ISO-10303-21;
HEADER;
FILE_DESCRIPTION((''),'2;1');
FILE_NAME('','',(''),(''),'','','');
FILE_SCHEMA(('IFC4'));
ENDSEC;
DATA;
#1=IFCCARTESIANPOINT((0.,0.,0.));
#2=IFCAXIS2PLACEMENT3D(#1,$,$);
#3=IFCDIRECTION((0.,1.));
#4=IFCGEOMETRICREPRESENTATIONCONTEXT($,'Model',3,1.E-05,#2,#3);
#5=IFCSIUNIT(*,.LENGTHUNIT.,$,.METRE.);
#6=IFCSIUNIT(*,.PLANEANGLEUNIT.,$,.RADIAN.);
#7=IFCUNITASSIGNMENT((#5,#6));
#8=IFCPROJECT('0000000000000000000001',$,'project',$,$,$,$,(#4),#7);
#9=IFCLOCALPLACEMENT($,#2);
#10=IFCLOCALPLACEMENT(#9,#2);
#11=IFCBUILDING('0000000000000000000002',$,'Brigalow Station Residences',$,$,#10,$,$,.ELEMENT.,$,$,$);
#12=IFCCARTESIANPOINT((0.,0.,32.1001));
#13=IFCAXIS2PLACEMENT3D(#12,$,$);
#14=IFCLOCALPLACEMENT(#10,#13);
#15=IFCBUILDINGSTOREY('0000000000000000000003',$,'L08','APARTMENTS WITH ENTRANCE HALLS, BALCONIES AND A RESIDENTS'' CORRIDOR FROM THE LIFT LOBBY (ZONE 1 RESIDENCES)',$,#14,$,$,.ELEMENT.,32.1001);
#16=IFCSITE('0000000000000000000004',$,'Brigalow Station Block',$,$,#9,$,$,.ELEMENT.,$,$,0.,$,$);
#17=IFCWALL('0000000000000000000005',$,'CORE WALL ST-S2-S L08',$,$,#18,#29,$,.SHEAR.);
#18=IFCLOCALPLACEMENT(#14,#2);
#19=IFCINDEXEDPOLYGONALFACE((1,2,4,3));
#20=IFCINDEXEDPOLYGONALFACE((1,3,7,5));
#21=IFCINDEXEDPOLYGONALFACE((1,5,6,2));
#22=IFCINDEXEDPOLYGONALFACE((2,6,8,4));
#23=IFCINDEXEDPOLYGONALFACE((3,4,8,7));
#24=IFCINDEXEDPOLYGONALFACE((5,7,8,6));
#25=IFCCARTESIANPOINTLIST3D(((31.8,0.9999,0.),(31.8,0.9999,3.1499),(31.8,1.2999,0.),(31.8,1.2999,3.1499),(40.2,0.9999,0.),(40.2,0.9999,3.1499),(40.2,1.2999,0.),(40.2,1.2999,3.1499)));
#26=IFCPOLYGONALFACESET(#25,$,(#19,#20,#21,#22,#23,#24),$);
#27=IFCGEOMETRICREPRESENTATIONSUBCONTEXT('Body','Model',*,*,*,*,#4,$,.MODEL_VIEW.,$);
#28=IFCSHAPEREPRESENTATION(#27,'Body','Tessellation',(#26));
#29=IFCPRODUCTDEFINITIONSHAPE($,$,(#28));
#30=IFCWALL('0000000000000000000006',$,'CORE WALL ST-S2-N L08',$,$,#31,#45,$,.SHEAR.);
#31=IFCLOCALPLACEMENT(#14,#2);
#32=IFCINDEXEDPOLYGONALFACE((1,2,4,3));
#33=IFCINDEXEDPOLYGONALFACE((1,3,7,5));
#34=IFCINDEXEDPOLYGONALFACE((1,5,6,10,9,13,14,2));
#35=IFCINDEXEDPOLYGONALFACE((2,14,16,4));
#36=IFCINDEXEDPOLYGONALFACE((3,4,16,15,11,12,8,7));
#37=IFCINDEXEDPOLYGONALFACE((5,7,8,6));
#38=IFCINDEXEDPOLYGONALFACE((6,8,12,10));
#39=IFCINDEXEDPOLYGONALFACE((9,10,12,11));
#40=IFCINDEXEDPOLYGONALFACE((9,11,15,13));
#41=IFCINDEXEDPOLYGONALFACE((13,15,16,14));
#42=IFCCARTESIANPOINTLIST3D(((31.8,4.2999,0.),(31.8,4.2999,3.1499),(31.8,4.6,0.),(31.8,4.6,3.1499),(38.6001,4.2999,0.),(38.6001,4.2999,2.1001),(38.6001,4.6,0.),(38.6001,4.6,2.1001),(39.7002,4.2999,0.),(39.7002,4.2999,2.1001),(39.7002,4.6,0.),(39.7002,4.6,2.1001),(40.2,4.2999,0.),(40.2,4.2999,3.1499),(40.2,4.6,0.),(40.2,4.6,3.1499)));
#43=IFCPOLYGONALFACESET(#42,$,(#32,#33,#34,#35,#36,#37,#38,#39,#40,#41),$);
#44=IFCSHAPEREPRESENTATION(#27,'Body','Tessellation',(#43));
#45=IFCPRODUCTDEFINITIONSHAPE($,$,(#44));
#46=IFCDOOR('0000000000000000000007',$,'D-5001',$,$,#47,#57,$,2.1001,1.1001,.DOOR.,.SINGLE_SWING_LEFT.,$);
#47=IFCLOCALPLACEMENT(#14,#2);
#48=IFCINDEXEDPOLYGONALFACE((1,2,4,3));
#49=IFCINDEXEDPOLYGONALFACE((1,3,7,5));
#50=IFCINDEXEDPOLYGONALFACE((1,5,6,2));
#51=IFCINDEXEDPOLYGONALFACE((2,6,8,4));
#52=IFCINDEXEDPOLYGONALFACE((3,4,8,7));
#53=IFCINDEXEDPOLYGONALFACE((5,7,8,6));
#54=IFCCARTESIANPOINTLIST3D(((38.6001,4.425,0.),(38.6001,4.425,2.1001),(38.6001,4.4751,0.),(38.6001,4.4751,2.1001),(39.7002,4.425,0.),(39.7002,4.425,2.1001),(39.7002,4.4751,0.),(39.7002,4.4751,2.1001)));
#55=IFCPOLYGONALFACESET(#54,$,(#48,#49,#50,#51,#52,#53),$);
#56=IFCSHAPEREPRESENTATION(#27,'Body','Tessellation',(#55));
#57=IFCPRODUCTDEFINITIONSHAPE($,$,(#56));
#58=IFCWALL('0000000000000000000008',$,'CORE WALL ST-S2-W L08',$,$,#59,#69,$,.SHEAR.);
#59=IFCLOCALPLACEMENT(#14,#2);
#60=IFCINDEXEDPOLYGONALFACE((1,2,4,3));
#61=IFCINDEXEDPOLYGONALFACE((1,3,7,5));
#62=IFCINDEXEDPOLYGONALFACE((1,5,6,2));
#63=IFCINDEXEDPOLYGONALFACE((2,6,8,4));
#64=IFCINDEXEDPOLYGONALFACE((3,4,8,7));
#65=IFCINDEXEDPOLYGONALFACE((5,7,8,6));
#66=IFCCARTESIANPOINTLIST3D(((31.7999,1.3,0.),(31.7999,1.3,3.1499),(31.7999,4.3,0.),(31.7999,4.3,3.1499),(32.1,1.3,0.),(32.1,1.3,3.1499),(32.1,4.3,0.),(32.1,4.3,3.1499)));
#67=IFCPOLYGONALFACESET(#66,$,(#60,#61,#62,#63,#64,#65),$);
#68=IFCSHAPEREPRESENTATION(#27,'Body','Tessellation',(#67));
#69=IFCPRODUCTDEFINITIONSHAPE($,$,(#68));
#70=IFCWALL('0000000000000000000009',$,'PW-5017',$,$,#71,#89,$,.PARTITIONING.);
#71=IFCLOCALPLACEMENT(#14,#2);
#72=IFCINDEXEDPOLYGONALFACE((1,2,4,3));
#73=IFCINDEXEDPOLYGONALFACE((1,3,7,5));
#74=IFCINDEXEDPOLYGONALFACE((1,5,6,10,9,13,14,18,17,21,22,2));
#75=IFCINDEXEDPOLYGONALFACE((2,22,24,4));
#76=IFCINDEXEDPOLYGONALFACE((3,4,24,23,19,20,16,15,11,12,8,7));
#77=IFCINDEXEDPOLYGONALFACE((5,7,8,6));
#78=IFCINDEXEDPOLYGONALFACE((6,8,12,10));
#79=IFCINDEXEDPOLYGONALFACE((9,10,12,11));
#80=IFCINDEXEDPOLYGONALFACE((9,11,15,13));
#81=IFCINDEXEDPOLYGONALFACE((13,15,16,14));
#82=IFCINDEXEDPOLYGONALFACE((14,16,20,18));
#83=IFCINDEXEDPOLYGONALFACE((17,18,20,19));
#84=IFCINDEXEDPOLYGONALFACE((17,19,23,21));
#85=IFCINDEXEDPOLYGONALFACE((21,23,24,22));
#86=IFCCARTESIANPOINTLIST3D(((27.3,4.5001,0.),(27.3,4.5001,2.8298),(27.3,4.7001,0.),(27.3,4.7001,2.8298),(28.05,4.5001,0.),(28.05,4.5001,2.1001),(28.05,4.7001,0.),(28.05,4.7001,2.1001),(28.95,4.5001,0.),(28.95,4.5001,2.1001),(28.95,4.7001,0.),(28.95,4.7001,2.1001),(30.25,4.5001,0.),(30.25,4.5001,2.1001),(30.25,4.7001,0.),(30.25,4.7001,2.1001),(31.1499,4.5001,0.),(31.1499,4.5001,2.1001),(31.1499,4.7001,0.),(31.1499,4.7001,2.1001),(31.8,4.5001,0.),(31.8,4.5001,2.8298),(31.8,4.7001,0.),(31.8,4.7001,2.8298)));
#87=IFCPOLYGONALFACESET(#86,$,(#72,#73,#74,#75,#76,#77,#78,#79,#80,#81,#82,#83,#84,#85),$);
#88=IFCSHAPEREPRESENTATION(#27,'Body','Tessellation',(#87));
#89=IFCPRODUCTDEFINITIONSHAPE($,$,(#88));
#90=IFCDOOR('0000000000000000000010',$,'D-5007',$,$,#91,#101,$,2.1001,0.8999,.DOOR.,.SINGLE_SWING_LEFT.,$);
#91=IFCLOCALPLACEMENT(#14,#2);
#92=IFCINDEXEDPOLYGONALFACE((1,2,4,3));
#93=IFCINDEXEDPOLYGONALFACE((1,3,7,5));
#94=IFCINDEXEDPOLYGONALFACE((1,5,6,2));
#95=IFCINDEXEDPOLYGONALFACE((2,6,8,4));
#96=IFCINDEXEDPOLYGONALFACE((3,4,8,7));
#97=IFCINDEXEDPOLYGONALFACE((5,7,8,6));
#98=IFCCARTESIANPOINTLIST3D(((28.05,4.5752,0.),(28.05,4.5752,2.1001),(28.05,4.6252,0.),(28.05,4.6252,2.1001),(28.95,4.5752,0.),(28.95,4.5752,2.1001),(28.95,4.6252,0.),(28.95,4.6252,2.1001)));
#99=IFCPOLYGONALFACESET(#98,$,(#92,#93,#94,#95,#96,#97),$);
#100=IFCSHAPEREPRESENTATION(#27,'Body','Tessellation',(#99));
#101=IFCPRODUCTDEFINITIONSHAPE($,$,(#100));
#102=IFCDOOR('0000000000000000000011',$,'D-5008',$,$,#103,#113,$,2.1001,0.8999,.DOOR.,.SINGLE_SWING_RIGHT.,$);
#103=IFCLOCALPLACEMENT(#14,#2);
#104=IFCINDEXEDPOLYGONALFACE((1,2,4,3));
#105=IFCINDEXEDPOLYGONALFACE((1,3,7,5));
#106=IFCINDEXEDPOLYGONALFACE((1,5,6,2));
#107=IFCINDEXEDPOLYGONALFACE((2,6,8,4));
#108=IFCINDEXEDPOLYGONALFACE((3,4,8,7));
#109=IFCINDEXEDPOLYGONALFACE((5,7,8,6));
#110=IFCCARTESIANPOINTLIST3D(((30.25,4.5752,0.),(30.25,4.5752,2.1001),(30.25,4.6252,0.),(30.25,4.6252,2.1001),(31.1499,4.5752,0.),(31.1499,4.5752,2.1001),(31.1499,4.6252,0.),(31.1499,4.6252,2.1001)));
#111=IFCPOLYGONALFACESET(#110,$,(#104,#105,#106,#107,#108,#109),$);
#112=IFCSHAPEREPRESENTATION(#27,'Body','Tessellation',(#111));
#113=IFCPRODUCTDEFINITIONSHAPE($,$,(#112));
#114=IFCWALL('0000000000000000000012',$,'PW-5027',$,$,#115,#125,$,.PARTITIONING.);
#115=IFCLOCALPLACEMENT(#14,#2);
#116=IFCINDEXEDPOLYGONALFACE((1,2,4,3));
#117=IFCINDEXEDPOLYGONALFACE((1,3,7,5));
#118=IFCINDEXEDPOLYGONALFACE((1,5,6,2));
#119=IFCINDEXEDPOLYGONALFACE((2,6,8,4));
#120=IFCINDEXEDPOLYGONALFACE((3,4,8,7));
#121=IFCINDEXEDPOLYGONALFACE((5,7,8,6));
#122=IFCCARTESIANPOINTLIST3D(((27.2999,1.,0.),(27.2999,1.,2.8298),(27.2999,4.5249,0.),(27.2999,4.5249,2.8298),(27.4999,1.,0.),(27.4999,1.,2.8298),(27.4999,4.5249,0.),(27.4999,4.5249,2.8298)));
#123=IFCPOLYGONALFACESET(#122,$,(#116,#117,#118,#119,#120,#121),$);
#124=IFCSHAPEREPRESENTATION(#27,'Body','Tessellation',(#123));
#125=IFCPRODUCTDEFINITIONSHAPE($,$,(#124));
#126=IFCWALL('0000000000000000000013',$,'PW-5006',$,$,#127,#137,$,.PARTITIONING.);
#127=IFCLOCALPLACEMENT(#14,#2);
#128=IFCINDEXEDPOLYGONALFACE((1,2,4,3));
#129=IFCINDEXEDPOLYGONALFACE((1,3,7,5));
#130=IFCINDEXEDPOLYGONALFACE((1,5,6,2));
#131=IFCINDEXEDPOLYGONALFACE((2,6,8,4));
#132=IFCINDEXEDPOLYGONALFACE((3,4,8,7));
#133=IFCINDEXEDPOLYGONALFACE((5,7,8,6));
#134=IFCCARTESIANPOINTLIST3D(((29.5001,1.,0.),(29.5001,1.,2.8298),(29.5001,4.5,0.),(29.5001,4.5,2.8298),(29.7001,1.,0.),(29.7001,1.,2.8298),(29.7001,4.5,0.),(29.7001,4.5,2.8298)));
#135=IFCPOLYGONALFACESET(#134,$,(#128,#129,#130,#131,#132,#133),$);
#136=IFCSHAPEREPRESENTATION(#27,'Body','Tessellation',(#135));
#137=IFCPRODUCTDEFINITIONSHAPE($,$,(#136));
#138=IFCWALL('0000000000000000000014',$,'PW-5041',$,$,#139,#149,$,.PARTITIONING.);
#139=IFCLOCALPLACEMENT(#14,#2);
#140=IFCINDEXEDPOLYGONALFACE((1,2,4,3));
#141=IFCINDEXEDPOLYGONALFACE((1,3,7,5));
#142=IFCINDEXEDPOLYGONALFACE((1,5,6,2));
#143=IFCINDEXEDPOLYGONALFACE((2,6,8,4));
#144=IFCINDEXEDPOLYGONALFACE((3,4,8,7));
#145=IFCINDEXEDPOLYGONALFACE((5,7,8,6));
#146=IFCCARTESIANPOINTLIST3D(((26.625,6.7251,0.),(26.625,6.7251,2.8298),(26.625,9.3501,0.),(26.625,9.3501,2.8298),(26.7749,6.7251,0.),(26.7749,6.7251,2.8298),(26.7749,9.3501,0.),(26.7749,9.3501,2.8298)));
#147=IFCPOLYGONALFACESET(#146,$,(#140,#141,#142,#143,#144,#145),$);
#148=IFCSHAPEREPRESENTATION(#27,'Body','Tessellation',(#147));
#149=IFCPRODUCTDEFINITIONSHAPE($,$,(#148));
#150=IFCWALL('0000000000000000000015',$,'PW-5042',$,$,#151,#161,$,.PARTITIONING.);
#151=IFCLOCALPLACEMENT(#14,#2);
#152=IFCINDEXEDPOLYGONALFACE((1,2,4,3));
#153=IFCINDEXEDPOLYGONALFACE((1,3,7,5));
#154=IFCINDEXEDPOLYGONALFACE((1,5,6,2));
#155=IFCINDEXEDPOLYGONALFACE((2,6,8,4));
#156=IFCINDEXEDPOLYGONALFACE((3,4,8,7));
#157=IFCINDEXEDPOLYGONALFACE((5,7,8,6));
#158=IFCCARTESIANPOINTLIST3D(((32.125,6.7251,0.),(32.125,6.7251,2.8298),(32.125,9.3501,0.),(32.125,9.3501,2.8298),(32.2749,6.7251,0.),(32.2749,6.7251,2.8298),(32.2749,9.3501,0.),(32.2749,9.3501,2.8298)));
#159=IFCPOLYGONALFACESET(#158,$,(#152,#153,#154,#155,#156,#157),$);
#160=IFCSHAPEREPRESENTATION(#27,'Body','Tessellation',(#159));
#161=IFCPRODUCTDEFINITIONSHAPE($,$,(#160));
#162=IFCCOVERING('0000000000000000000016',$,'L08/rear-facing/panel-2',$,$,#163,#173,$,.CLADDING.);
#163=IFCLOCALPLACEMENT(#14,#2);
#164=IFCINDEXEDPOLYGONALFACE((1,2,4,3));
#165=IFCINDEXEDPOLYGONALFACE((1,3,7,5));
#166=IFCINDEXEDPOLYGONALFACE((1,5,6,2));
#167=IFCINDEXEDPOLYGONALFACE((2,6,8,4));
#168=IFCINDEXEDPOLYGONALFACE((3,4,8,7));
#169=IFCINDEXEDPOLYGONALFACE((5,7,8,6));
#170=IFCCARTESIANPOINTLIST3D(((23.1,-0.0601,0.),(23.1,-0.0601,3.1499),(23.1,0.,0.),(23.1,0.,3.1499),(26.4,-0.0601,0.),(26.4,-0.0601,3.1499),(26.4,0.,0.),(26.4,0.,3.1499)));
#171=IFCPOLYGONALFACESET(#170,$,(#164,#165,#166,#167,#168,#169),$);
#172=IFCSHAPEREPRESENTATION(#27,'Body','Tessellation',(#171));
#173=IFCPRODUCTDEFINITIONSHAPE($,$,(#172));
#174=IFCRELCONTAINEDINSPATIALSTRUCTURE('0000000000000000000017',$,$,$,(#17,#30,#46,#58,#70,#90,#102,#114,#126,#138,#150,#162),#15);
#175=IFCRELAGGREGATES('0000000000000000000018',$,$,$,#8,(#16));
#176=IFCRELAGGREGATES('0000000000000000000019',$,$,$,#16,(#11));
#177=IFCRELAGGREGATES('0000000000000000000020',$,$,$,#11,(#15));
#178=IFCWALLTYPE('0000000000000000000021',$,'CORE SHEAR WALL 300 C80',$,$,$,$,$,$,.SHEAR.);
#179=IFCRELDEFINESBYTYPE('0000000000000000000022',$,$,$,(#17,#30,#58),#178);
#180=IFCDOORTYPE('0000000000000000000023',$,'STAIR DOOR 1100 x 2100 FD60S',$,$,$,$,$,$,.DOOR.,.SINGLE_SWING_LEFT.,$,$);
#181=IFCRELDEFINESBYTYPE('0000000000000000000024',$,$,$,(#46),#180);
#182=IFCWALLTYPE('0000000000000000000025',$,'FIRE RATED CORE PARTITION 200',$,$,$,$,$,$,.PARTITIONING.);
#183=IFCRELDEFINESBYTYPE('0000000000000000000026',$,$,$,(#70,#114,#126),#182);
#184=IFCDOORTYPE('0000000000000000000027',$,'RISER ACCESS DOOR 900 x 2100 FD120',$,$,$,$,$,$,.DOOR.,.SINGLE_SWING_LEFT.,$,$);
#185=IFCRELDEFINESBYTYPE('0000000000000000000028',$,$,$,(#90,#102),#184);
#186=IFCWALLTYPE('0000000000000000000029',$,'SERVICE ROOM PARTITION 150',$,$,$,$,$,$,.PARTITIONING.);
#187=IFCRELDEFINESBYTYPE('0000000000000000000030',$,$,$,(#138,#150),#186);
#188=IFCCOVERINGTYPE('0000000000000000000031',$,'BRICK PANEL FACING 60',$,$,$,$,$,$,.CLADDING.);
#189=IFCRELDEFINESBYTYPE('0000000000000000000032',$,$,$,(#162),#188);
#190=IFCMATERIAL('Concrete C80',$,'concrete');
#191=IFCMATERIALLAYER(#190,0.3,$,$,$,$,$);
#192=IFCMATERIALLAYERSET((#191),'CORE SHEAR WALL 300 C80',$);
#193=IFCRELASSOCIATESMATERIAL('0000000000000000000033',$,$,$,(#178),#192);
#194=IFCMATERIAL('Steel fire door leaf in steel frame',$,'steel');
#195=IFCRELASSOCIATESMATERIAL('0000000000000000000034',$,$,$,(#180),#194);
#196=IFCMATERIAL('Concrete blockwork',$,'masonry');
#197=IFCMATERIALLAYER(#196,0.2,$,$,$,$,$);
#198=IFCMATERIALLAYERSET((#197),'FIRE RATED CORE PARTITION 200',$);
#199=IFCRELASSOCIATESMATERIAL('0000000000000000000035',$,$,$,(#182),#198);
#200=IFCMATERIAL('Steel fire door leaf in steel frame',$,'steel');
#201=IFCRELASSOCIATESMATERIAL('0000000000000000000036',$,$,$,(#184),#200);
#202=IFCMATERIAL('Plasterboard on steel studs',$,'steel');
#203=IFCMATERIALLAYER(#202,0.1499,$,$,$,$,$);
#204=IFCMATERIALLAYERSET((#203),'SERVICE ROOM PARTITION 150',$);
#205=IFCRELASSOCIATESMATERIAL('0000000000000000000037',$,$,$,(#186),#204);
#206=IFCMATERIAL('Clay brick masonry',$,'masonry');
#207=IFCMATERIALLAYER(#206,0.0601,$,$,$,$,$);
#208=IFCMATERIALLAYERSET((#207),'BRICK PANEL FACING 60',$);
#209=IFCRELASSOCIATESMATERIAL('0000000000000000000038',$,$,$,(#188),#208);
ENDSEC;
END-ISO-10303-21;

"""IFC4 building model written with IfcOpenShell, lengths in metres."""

from ifc_helpers import new_model, si_unit, direction, frame, frame_2d, origin, origin_2d, place, context, subcontext, project, spatial, rectangle, extrude, material, layer, layer_set, type_object, element, fill, save


model = new_model("IFC4")

# Units and contexts
model_context = context("Model", 3, precision=1e-05, world=origin(), true_north=direction((0.0, 1.0)))
body_context = subcontext(model_context, "Body", "Model", "MODEL_VIEW")
ifc_project = project(units=[si_unit("LENGTHUNIT", "METRE"), si_unit("PLANEANGLEUNIT", "RADIAN")], contexts=[model_context])

# Site, building, storey
site_placement = place(None, origin())
site = spatial("IfcSite", under=ifc_project, at=site_placement, Name="Brigalow Station Block", CompositionType="ELEMENT", RefElevation=0.0)
building_placement = place(site_placement, origin())
building = spatial("IfcBuilding", under=site, at=building_placement, Name="Brigalow Station Residences", CompositionType="ELEMENT")
storey_placement = place(building_placement, frame((0.0, 0.0, 32.1001)))
storey = spatial("IfcBuildingStorey", under=building, at=storey_placement, Name="L08", Description="APARTMENTS WITH ENTRANCE HALLS, BALCONIES AND A RESIDENTS' CORRIDOR FROM THE LIFT LOBBY (ZONE 1 RESIDENCES)", CompositionType="ELEMENT", Elevation=32.1001)

# Wall
ifc_material_1 = material(Name="Concrete C80", Category="concrete")
ifc_layer_1 = layer(ifc_material_1, 0.3)
ifc_layer_set_1 = layer_set([ifc_layer_1], Name="CORE SHEAR WALL 300 C80")
wall_type_1 = type_object("IfcWallType", Name="CORE SHEAR WALL 300 C80", PredefinedType="SHEAR", material=ifc_layer_set_1)
wall_1_placement = place(storey_placement, frame((31.8, 1.1499, 0.0), z_axis=(0.0, 0.0, 1.0), x_axis=(1.0, 0.0, 0.0)))
element("IfcWall", 1, at=wall_1_placement, inside=storey, type_object=wall_type_1, Name="CORE WALL ST-S2-S L08", PredefinedType="SHEAR", context=body_context, shape_type="SweptSolid", body=[
    extrude(rectangle(XDim=8.3999, YDim=0.3, at=frame_2d((4.2, 0.0))), origin(), (0.0, 0.0, 1.0), 3.1499),
])

# Wall, opening, door
wall_2_placement = place(storey_placement, frame((31.8, 4.45, 0.0), z_axis=(0.0, 0.0, 1.0), x_axis=(1.0, 0.0, 0.0)))
wall_2 = element("IfcWall", 2, at=wall_2_placement, inside=storey, type_object=wall_type_1, Name="CORE WALL ST-S2-N L08", PredefinedType="SHEAR", context=body_context, shape_type="SweptSolid", body=[
    extrude(rectangle(XDim=8.3999, YDim=0.3, at=frame_2d((4.2, 0.0))), origin(), (0.0, 0.0, 1.0), 3.1499),
])
opening_1_placement = place(wall_2_placement, frame((6.8, 0.0, 0.0)))
opening_1 = element("IfcOpeningElement", 3, at=opening_1_placement, cuts=wall_2, PredefinedType="OPENING", context=body_context, shape_type="SweptSolid", body=[
    extrude(rectangle(XDim=1.1001, YDim=2.1001, at=frame_2d((0.55, 1.05))), frame((0.0, 0.1602, 0.0), z_axis=(0.0, -1.0, 0.0), x_axis=(1.0, 0.0, 0.0)), (0.0, 0.0, 1.0), 0.3201),
])
ifc_material_2 = material(Name="Steel fire door leaf in steel frame", Category="steel")
door_type_1 = type_object("IfcDoorType", Name="STAIR DOOR 1100 x 2100 FD60S", OperationType="SINGLE_SWING_LEFT", PredefinedType="DOOR", material=ifc_material_2)
door_1_placement = place(opening_1_placement, frame((1.1001, 0.0, 0.0), z_axis=(0.0, 0.0, 1.0), x_axis=(-1.0, 0.0, 0.0)))
door_1 = element("IfcDoor", 4, at=door_1_placement, inside=storey, type_object=door_type_1, Name="D-5001", OperationType="SINGLE_SWING_LEFT", OverallHeight=2.1001, OverallWidth=1.1001, PredefinedType="DOOR", context=body_context, shape_type="SweptSolid", body=[
    extrude(rectangle(XDim=1.1001, YDim=2.1001, at=frame_2d((0.55, 1.05))), frame((0.0, 0.0249, 0.0), z_axis=(0.0, -1.0, 0.0), x_axis=(1.0, 0.0, 0.0)), (0.0, 0.0, 1.0), 0.05),
])
fill(opening_1, door_1)

# Wall
wall_3_placement = place(storey_placement, frame((31.95, 1.3, 0.0), z_axis=(0.0, 0.0, 1.0), x_axis=(0.0, 1.0, 0.0)))
element("IfcWall", 5, at=wall_3_placement, inside=storey, type_object=wall_type_1, Name="CORE WALL ST-S2-W L08", PredefinedType="SHEAR", context=body_context, shape_type="SweptSolid", body=[
    extrude(rectangle(XDim=3.0, YDim=0.3, at=frame_2d((1.5, 0.0))), origin(), (0.0, 0.0, 1.0), 3.1499),
])

# Wall, openings, doors
ifc_material_3 = material(Name="Concrete blockwork", Category="masonry")
ifc_layer_2 = layer(ifc_material_3, 0.2)
ifc_layer_set_2 = layer_set([ifc_layer_2], Name="FIRE RATED CORE PARTITION 200")
wall_type_2 = type_object("IfcWallType", Name="FIRE RATED CORE PARTITION 200", PredefinedType="PARTITIONING", material=ifc_layer_set_2)
wall_4_placement = place(storey_placement, frame((27.3, 4.6001, 0.0), z_axis=(0.0, 0.0, 1.0), x_axis=(1.0, 0.0, 0.0)))
wall_4 = element("IfcWall", 6, at=wall_4_placement, inside=storey, type_object=wall_type_2, Name="PW-5017", PredefinedType="PARTITIONING", context=body_context, shape_type="SweptSolid", body=[
    extrude(rectangle(XDim=4.5, YDim=0.2, at=frame_2d((2.25, 0.0))), origin(), (0.0, 0.0, 1.0), 2.8298),
])
opening_2_placement = place(wall_4_placement, frame((0.75, 0.0, 0.0)))
opening_2 = element("IfcOpeningElement", 7, at=opening_2_placement, cuts=wall_4, PredefinedType="OPENING", context=body_context, shape_type="SweptSolid", body=[
    extrude(rectangle(XDim=0.8999, YDim=2.1001, at=frame_2d((0.45, 1.05))), frame((0.0, 0.1099, 0.0), z_axis=(0.0, -1.0, 0.0), x_axis=(1.0, 0.0, 0.0)), (0.0, 0.0, 1.0), 0.22),
])
opening_3_placement = place(wall_4_placement, frame((2.95, 0.0, 0.0)))
opening_3 = element("IfcOpeningElement", 8, at=opening_3_placement, cuts=wall_4, PredefinedType="OPENING", context=body_context, shape_type="SweptSolid", body=[
    extrude(rectangle(XDim=0.8999, YDim=2.1001, at=frame_2d((0.45, 1.05))), frame((0.0, 0.1099, 0.0), z_axis=(0.0, -1.0, 0.0), x_axis=(1.0, 0.0, 0.0)), (0.0, 0.0, 1.0), 0.22),
])
ifc_material_4 = material(Name="Steel fire door leaf in steel frame", Category="steel")
door_type_2 = type_object("IfcDoorType", Name="RISER ACCESS DOOR 900 x 2100 FD120", OperationType="SINGLE_SWING_LEFT", PredefinedType="DOOR", material=ifc_material_4)
door_2_placement = place(opening_2_placement, frame((0.8999, 0.0, 0.0), z_axis=(0.0, 0.0, 1.0), x_axis=(-1.0, 0.0, 0.0)))
door_2 = element("IfcDoor", 9, at=door_2_placement, inside=storey, type_object=door_type_2, Name="D-5007", OperationType="SINGLE_SWING_LEFT", OverallHeight=2.1001, OverallWidth=0.8999, PredefinedType="DOOR", context=body_context, shape_type="SweptSolid", body=[
    extrude(rectangle(XDim=0.8999, YDim=2.1001, at=frame_2d((0.45, 1.05))), frame((0.0, 0.0249, 0.0), z_axis=(0.0, -1.0, 0.0), x_axis=(1.0, 0.0, 0.0)), (0.0, 0.0, 1.0), 0.05),
])
fill(opening_2, door_2)
door_3_placement = place(opening_3_placement, frame((0.8999, 0.0, 0.0), z_axis=(0.0, 0.0, 1.0), x_axis=(-1.0, 0.0, 0.0)))
door_3 = element("IfcDoor", 10, at=door_3_placement, inside=storey, type_object=door_type_2, Name="D-5008", OperationType="SINGLE_SWING_RIGHT", OverallHeight=2.1001, OverallWidth=0.8999, PredefinedType="DOOR", context=body_context, shape_type="SweptSolid", body=[
    extrude(rectangle(XDim=0.8999, YDim=2.1001, at=frame_2d((0.45, 1.05))), frame((0.0, 0.0249, 0.0), z_axis=(0.0, -1.0, 0.0), x_axis=(1.0, 0.0, 0.0)), (0.0, 0.0, 1.0), 0.05),
])
fill(opening_3, door_3)

# Walls
wall_5_placement = place(storey_placement, frame((27.3999, 1.0, 0.0), z_axis=(0.0, 0.0, 1.0), x_axis=(0.0, 1.0, 0.0)))
element("IfcWall", 11, at=wall_5_placement, inside=storey, type_object=wall_type_2, Name="PW-5027", PredefinedType="PARTITIONING", context=body_context, shape_type="SweptSolid", body=[
    extrude(rectangle(XDim=3.5249, YDim=0.2, at=frame_2d((1.7625, 0.0))), origin(), (0.0, 0.0, 1.0), 2.8298),
])
wall_6_placement = place(storey_placement, frame((29.6001, 1.0, 0.0), z_axis=(0.0, 0.0, 1.0), x_axis=(0.0, 1.0, 0.0)))
element("IfcWall", 12, at=wall_6_placement, inside=storey, type_object=wall_type_2, Name="PW-5006", PredefinedType="PARTITIONING", context=body_context, shape_type="SweptSolid", body=[
    extrude(rectangle(XDim=3.5, YDim=0.2, at=frame_2d((1.75, 0.0))), origin(), (0.0, 0.0, 1.0), 2.8298),
])
ifc_material_5 = material(Name="Plasterboard on steel studs", Category="steel")
ifc_layer_3 = layer(ifc_material_5, 0.1499)
ifc_layer_set_3 = layer_set([ifc_layer_3], Name="SERVICE ROOM PARTITION 150")
wall_type_3 = type_object("IfcWallType", Name="SERVICE ROOM PARTITION 150", PredefinedType="PARTITIONING", material=ifc_layer_set_3)
for number, where, z_axis, x_axis, name in (
    (13, (26.7, 6.7251, 0.0), (0.0, 0.0, 1.0), (0.0, 1.0, 0.0), "PW-5041"),
    (14, (32.2, 6.7251, 0.0), (0.0, 0.0, 1.0), (0.0, 1.0, 0.0), "PW-5042"),
):
    element("IfcWall", number, at=place(storey_placement, frame(where, z_axis=z_axis, x_axis=x_axis)), inside=storey, type_object=wall_type_3, Name=name, PredefinedType="PARTITIONING", context=body_context, shape_type="SweptSolid", body=[
        extrude(rectangle(XDim=2.625, YDim=0.1499, at=frame_2d((1.3125, 0.0))), origin(), (0.0, 0.0, 1.0), 2.8298),
    ])

# Covering
ifc_material_6 = material(Name="Clay brick masonry", Category="masonry")
ifc_layer_4 = layer(ifc_material_6, 0.0601)
ifc_layer_set_4 = layer_set([ifc_layer_4], Name="BRICK PANEL FACING 60")
covering_type_1 = type_object("IfcCoveringType", Name="BRICK PANEL FACING 60", PredefinedType="CLADDING", material=ifc_layer_set_4)
for number, where, z_axis, x_axis, name in (
    (15, (24.75, -0.03, 0.0), (0.0, 0.0, 1.0), (1.0, 0.0, 0.0), "L08/rear-facing/panel-2"),
):
    element("IfcCovering", number, at=place(storey_placement, frame(where, z_axis=z_axis, x_axis=x_axis)), inside=storey, type_object=covering_type_1, Name=name, PredefinedType="CLADDING", context=body_context, shape_type="SweptSolid", body=[
        extrude(rectangle(XDim=3.3, YDim=0.0601, at=origin_2d()), origin(), (0.0, 0.0, 1.0), 3.1499),
    ])

save(model, "model.ifc")
